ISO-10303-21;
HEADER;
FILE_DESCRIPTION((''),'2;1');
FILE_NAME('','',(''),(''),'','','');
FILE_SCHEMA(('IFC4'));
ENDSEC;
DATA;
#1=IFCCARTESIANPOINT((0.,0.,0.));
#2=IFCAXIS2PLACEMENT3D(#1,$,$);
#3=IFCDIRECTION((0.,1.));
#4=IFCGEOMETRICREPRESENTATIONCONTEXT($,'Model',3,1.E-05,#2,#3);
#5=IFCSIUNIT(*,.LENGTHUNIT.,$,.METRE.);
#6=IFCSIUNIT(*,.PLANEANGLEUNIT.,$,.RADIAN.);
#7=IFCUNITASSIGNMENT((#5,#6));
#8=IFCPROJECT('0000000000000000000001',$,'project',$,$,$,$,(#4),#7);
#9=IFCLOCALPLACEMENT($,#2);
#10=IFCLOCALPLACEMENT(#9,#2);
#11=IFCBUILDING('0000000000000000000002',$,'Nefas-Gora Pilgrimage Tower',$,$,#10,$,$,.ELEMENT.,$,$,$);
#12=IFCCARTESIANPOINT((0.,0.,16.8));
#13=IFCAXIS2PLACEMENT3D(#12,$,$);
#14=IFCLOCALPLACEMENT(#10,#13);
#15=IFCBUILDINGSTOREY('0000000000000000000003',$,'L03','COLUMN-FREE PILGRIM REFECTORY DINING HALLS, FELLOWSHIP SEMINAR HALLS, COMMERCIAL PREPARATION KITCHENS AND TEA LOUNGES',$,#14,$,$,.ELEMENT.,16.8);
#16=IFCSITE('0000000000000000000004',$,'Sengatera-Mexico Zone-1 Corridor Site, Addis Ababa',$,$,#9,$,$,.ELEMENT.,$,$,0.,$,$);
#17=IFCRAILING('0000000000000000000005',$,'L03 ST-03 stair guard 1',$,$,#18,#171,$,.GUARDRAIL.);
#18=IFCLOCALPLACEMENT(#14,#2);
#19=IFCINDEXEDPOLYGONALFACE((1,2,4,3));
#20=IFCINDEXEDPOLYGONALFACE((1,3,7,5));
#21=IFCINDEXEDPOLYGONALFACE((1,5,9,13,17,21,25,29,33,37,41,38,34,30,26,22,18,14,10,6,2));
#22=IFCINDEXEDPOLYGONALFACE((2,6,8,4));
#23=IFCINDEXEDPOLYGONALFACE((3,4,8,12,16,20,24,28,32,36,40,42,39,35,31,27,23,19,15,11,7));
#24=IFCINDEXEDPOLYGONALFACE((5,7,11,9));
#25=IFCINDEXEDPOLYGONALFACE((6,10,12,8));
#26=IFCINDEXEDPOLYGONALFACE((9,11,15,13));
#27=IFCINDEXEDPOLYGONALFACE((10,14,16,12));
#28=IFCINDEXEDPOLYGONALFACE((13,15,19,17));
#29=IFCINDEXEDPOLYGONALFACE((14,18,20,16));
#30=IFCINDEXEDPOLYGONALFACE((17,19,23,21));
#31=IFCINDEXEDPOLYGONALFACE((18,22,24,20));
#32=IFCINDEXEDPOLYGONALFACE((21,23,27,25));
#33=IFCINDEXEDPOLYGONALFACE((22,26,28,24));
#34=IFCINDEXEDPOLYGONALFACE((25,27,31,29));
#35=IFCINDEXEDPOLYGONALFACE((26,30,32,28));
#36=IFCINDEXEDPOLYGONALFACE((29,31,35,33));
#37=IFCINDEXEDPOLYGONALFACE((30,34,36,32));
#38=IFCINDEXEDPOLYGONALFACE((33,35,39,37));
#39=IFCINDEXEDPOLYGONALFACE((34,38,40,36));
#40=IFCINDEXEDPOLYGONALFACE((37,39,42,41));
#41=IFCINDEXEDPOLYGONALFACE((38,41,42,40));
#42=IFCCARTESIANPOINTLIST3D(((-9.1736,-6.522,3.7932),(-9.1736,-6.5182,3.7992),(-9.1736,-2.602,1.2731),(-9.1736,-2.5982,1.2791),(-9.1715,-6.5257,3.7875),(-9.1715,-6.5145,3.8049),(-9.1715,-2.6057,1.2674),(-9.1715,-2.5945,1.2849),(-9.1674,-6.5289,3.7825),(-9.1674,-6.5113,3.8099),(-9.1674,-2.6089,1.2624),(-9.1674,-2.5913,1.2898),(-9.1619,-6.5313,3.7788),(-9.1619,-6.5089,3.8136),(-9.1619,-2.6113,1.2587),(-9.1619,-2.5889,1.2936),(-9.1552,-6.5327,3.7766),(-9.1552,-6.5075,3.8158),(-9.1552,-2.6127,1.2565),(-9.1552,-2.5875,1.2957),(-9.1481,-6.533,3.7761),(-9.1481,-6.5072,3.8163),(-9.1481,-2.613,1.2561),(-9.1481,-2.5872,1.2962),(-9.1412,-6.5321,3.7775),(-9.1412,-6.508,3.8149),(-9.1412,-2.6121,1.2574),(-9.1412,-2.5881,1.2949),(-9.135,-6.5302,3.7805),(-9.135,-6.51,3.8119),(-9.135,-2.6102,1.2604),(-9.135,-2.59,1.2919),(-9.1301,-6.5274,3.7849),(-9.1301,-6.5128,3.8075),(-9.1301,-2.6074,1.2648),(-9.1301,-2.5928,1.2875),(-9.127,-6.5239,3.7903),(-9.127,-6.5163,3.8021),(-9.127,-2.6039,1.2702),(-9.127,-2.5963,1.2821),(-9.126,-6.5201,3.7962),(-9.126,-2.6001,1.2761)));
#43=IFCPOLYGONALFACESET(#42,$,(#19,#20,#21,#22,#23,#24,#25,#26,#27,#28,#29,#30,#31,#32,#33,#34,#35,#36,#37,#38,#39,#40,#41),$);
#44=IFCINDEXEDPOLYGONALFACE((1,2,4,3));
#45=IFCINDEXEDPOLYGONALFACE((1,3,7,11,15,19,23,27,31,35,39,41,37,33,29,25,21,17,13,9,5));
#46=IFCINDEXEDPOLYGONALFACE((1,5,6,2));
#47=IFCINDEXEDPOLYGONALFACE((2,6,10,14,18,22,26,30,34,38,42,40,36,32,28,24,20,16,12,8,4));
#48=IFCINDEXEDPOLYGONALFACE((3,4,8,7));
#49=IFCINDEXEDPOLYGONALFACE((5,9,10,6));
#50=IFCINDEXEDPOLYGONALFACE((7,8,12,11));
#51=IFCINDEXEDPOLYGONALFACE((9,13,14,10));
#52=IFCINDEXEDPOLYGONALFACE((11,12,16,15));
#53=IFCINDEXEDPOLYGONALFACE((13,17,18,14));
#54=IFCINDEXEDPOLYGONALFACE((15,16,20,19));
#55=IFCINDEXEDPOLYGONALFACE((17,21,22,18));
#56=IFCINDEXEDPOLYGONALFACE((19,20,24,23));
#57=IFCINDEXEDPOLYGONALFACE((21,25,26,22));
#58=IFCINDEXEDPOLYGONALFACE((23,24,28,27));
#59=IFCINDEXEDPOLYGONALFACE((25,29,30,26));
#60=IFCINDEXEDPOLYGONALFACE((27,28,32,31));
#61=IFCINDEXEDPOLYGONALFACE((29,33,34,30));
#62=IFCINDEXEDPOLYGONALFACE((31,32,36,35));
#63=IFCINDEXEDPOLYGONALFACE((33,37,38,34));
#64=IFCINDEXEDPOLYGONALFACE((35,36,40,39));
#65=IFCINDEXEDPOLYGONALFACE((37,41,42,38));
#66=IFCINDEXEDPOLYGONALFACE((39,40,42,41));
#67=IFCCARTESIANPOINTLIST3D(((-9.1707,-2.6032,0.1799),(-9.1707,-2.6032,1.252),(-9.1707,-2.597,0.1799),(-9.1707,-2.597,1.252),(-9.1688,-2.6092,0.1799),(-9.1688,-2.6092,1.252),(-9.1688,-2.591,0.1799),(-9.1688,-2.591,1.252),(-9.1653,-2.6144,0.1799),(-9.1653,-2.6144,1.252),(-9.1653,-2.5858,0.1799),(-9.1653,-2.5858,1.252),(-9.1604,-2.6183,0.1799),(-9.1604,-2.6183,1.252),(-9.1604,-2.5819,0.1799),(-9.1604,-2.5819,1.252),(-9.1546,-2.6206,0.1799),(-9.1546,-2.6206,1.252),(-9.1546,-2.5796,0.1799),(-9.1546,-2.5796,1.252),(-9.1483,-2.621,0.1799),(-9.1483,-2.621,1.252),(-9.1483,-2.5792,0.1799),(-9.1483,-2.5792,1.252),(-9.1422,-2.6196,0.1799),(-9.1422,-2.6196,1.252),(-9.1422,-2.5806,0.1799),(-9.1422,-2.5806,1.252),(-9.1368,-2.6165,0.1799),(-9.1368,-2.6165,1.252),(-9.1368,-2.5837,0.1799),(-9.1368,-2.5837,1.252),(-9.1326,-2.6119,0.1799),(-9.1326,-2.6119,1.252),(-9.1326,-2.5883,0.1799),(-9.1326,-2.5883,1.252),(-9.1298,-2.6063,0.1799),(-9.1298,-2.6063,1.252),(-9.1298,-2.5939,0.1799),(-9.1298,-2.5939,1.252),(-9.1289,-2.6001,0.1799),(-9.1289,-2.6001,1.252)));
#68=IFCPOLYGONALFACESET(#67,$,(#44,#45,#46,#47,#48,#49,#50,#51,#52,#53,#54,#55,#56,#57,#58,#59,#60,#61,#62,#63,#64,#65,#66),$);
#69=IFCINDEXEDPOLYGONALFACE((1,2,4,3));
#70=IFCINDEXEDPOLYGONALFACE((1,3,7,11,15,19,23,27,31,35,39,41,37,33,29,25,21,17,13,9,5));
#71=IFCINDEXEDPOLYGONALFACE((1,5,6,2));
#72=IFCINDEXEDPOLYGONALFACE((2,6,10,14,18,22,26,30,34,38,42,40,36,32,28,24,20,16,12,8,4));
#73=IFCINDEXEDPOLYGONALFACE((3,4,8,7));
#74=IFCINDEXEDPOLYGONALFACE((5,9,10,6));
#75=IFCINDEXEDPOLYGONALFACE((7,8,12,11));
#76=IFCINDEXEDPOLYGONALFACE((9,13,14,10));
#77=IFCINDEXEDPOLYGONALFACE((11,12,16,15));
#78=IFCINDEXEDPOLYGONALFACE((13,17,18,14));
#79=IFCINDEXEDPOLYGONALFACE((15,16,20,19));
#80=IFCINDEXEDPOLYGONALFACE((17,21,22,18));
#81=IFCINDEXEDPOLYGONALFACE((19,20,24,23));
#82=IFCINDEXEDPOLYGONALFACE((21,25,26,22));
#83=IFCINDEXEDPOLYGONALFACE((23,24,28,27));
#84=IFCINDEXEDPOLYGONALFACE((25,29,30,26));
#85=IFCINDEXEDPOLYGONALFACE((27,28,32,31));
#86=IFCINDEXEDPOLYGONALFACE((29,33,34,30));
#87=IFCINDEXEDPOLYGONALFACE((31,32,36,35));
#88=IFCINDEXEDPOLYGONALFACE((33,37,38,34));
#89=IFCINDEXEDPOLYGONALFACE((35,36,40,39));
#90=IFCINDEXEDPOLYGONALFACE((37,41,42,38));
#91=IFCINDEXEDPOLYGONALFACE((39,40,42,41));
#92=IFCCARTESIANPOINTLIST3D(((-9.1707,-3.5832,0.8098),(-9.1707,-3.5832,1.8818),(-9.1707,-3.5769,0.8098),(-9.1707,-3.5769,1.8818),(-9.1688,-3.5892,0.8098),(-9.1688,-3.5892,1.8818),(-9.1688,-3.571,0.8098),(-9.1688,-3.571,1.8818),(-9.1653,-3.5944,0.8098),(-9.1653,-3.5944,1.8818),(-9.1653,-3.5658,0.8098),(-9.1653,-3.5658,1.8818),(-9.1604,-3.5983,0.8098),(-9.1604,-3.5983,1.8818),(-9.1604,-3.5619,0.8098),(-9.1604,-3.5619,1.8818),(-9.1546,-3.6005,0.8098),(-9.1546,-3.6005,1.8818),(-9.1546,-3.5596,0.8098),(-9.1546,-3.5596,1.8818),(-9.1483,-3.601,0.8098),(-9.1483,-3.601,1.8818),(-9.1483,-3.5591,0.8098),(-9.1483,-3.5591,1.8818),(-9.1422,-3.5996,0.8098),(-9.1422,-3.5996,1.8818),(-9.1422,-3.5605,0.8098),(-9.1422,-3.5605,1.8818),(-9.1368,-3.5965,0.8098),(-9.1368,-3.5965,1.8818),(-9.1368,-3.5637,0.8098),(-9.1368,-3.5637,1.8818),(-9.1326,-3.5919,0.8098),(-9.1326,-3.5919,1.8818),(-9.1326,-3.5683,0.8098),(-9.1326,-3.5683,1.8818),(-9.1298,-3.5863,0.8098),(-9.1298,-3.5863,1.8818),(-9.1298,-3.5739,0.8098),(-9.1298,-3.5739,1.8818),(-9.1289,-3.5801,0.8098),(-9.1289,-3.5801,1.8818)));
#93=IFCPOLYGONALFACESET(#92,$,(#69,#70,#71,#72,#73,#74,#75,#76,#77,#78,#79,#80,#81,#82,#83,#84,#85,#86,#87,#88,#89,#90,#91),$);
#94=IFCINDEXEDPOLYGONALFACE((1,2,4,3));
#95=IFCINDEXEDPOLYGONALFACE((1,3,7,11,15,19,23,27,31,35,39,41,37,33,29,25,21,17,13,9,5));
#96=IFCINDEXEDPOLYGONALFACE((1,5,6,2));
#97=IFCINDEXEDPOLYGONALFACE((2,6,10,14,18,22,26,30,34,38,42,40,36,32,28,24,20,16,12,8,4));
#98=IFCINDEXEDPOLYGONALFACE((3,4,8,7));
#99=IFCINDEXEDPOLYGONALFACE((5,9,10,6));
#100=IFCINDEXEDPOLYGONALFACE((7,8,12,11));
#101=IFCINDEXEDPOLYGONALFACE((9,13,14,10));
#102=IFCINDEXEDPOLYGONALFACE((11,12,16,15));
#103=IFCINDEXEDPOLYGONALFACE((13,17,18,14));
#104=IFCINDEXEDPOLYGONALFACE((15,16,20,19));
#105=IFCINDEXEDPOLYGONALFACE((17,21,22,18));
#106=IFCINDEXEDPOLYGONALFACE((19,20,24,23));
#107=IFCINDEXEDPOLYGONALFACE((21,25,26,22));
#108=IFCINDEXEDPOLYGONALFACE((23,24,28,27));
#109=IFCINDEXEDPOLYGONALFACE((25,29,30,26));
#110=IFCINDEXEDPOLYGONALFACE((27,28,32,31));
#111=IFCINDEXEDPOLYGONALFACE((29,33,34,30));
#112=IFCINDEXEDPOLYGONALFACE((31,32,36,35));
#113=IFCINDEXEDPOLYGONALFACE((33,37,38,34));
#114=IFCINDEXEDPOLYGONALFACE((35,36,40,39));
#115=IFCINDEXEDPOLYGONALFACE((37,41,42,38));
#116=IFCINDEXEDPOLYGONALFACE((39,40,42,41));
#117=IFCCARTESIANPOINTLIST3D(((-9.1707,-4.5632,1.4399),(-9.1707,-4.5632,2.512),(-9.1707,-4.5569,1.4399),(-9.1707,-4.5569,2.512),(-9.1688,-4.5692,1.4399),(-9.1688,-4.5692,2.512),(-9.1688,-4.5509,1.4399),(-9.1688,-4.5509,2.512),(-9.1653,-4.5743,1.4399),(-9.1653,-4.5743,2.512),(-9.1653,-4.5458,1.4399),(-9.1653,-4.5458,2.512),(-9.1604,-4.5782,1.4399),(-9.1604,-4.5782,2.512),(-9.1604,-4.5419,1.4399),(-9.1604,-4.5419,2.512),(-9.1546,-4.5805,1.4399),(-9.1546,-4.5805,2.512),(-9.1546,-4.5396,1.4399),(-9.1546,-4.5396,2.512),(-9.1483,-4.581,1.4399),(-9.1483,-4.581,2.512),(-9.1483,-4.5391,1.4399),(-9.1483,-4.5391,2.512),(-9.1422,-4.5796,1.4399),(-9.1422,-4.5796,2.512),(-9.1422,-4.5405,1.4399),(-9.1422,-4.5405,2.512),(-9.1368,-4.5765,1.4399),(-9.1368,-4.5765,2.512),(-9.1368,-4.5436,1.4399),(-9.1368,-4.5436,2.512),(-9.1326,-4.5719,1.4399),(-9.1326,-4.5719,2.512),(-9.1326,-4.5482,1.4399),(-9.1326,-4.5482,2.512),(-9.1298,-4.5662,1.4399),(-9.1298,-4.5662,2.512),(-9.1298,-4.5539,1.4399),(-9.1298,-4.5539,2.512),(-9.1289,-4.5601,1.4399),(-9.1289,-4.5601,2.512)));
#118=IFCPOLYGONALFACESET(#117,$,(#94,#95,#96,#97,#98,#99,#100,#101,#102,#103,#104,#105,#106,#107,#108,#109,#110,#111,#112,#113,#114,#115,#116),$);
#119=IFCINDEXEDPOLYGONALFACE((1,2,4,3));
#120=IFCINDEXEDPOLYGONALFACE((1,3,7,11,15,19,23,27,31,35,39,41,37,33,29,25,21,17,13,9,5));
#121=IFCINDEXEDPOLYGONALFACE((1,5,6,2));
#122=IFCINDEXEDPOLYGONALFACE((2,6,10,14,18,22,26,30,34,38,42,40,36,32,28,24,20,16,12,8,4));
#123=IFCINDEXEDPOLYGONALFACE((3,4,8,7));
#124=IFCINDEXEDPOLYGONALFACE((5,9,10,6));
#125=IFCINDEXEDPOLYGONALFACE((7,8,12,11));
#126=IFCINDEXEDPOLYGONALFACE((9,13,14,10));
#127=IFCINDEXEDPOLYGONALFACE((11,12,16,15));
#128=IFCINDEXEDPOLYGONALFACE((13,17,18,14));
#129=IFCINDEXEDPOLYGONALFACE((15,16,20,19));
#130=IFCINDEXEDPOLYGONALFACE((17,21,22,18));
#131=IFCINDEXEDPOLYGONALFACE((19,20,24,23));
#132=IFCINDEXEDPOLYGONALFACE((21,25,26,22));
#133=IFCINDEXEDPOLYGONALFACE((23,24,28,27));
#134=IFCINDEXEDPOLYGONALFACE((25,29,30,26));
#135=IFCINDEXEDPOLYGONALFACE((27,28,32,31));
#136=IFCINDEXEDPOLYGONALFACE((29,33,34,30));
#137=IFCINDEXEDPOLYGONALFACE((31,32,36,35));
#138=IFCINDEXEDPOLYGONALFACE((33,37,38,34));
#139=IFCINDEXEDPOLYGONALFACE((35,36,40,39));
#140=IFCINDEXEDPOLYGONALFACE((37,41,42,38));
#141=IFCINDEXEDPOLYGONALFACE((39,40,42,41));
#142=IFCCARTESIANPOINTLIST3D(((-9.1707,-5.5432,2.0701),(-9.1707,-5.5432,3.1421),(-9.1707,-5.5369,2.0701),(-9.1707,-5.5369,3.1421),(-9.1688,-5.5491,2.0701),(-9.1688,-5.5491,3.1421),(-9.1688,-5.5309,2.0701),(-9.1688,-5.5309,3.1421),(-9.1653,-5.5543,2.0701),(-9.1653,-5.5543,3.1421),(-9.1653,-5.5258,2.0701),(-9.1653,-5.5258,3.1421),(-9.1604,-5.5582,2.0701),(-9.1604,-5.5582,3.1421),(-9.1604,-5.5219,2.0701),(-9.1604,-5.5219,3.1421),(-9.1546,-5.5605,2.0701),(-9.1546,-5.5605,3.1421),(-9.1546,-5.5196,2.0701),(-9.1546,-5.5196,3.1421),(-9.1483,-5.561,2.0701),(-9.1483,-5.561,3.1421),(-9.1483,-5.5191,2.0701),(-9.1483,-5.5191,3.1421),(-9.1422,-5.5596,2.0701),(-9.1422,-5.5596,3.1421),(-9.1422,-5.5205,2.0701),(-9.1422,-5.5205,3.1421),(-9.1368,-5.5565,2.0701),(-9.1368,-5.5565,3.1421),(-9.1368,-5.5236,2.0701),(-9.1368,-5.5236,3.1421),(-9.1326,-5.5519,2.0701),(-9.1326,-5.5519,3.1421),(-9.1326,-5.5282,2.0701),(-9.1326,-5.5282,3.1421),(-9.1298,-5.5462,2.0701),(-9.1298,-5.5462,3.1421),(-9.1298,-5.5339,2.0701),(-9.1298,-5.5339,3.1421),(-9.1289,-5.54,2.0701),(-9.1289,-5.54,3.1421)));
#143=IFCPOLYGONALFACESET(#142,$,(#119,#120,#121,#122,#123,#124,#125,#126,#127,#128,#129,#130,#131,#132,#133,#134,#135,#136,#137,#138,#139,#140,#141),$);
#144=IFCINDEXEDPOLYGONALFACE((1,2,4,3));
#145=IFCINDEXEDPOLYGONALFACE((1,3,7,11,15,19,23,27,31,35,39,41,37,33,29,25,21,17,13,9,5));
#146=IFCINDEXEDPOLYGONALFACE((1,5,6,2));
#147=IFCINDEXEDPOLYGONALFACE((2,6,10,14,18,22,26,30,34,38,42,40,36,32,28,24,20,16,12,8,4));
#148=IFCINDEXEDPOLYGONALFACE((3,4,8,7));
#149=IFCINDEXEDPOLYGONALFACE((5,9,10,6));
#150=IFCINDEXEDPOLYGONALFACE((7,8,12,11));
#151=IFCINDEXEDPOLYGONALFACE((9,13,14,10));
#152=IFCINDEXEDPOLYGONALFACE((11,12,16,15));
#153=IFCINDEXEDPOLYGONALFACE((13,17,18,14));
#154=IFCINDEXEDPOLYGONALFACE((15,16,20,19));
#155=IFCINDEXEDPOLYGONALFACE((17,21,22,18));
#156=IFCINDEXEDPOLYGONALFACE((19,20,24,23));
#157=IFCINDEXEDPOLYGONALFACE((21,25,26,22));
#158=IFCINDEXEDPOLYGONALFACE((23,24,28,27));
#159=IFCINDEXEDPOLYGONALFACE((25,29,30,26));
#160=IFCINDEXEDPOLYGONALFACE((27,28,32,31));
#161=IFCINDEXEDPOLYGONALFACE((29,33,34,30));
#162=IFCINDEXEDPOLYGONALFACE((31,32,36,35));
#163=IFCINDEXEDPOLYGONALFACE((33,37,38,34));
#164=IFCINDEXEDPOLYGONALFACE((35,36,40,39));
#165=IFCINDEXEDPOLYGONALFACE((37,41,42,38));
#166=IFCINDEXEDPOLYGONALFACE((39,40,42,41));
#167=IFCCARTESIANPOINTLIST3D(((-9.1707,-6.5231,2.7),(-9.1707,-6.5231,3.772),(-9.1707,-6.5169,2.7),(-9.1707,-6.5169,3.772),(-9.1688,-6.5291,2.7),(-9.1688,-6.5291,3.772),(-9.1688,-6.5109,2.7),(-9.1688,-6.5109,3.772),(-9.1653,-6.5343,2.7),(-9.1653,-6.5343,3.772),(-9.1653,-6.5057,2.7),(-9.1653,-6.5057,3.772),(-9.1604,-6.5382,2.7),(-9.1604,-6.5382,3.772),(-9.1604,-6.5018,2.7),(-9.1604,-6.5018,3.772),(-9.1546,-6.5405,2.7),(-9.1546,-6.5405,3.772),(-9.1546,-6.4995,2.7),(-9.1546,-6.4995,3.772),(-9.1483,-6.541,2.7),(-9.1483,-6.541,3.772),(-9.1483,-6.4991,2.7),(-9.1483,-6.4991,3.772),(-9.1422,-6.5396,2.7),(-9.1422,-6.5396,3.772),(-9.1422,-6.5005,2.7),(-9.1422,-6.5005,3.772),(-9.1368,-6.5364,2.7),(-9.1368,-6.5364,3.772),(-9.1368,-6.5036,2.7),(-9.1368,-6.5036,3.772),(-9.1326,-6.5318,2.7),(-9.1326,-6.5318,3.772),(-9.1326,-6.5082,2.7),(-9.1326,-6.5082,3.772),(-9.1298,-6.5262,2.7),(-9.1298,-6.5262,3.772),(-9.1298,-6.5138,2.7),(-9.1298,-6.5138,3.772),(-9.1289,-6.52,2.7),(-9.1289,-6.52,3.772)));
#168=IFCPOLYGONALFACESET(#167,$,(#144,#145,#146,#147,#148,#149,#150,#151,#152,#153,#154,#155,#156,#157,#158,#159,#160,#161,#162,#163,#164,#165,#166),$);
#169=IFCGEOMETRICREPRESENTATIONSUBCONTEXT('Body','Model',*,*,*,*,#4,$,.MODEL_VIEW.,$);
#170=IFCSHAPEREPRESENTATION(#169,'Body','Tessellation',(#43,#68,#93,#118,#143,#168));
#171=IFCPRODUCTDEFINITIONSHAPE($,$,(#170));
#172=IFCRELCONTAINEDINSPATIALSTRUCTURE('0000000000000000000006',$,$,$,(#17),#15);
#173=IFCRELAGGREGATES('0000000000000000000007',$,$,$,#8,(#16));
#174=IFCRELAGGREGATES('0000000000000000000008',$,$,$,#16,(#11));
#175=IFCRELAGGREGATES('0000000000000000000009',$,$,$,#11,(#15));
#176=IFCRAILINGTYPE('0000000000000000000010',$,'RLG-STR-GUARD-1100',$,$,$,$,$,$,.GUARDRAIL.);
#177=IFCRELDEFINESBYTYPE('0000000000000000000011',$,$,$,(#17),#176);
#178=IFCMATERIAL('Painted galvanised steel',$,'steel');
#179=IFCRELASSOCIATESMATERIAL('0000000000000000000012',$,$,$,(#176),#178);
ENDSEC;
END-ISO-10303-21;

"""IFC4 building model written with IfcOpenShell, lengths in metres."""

from ifc_helpers import new_model, si_unit, direction, frame, origin, origin_2d, place, context, subcontext, project, spatial, circle, extrude, material, type_object, element, save


model = new_model("IFC4")

# Units and contexts
model_context = context("Model", 3, precision=1e-05, world=origin(), true_north=direction((0.0, 1.0)))
body_context = subcontext(model_context, "Body", "Model", "MODEL_VIEW")
ifc_project = project(units=[si_unit("LENGTHUNIT", "METRE"), si_unit("PLANEANGLEUNIT", "RADIAN")], contexts=[model_context])

# Site, building, storey
site_placement = place(None, origin())
site = spatial("IfcSite", under=ifc_project, at=site_placement, Name="Sengatera-Mexico Zone-1 Corridor Site, Addis Ababa", CompositionType="ELEMENT", RefElevation=0.0)
building_placement = place(site_placement, origin())
building = spatial("IfcBuilding", under=site, at=building_placement, Name="Nefas-Gora Pilgrimage Tower", CompositionType="ELEMENT")
storey_placement = place(building_placement, frame((0.0, 0.0, 16.8)))
storey = spatial("IfcBuildingStorey", under=building, at=storey_placement, Name="L03", Description="COLUMN-FREE PILGRIM REFECTORY DINING HALLS, FELLOWSHIP SEMINAR HALLS, COMMERCIAL PREPARATION KITCHENS AND TEA LOUNGES", CompositionType="ELEMENT", Elevation=16.8)

# Railing
ifc_material_1 = material(Name="Painted galvanised steel", Category="steel")
railing_type_1 = type_object("IfcRailingType", Name="RLG-STR-GUARD-1100", PredefinedType="GUARDRAIL", material=ifc_material_1)
railing_1_placement = place(storey_placement, frame((-9.1499, -2.6001, 0.1799)))
element("IfcRailing", 1, at=railing_1_placement, inside=storey, type_object=railing_type_1, Name="L03 ST-03 stair guard 1", PredefinedType="GUARDRAIL", context=body_context, shape_type="SweptSolid", body=[
    extrude(circle(Radius=0.0239, at=origin_2d()), frame((0.0, 0.0, 1.0962), z_axis=(0.0, -0.841172, 0.540768), x_axis=(1.0, 0.0, 0.0)), (0.0, 0.0, 1.0), 4.6602),
    extrude(circle(Radius=0.021, at=origin_2d()), origin(), (0.0, 0.0, 1.0), 1.072),
    extrude(circle(Radius=0.021, at=origin_2d()), frame((0.0, -0.98, 0.6299)), (0.0, 0.0, 1.0), 1.072),
    extrude(circle(Radius=0.021, at=origin_2d()), frame((0.0, -1.96, 1.26)), (0.0, 0.0, 1.0), 1.072),
    extrude(circle(Radius=0.021, at=origin_2d()), frame((0.0, -2.9399, 1.8901)), (0.0, 0.0, 1.0), 1.072),
    extrude(circle(Radius=0.021, at=origin_2d()), frame((0.0, -3.9199, 2.52)), (0.0, 0.0, 1.0), 1.072),
])

save(model, "model.ifc")
